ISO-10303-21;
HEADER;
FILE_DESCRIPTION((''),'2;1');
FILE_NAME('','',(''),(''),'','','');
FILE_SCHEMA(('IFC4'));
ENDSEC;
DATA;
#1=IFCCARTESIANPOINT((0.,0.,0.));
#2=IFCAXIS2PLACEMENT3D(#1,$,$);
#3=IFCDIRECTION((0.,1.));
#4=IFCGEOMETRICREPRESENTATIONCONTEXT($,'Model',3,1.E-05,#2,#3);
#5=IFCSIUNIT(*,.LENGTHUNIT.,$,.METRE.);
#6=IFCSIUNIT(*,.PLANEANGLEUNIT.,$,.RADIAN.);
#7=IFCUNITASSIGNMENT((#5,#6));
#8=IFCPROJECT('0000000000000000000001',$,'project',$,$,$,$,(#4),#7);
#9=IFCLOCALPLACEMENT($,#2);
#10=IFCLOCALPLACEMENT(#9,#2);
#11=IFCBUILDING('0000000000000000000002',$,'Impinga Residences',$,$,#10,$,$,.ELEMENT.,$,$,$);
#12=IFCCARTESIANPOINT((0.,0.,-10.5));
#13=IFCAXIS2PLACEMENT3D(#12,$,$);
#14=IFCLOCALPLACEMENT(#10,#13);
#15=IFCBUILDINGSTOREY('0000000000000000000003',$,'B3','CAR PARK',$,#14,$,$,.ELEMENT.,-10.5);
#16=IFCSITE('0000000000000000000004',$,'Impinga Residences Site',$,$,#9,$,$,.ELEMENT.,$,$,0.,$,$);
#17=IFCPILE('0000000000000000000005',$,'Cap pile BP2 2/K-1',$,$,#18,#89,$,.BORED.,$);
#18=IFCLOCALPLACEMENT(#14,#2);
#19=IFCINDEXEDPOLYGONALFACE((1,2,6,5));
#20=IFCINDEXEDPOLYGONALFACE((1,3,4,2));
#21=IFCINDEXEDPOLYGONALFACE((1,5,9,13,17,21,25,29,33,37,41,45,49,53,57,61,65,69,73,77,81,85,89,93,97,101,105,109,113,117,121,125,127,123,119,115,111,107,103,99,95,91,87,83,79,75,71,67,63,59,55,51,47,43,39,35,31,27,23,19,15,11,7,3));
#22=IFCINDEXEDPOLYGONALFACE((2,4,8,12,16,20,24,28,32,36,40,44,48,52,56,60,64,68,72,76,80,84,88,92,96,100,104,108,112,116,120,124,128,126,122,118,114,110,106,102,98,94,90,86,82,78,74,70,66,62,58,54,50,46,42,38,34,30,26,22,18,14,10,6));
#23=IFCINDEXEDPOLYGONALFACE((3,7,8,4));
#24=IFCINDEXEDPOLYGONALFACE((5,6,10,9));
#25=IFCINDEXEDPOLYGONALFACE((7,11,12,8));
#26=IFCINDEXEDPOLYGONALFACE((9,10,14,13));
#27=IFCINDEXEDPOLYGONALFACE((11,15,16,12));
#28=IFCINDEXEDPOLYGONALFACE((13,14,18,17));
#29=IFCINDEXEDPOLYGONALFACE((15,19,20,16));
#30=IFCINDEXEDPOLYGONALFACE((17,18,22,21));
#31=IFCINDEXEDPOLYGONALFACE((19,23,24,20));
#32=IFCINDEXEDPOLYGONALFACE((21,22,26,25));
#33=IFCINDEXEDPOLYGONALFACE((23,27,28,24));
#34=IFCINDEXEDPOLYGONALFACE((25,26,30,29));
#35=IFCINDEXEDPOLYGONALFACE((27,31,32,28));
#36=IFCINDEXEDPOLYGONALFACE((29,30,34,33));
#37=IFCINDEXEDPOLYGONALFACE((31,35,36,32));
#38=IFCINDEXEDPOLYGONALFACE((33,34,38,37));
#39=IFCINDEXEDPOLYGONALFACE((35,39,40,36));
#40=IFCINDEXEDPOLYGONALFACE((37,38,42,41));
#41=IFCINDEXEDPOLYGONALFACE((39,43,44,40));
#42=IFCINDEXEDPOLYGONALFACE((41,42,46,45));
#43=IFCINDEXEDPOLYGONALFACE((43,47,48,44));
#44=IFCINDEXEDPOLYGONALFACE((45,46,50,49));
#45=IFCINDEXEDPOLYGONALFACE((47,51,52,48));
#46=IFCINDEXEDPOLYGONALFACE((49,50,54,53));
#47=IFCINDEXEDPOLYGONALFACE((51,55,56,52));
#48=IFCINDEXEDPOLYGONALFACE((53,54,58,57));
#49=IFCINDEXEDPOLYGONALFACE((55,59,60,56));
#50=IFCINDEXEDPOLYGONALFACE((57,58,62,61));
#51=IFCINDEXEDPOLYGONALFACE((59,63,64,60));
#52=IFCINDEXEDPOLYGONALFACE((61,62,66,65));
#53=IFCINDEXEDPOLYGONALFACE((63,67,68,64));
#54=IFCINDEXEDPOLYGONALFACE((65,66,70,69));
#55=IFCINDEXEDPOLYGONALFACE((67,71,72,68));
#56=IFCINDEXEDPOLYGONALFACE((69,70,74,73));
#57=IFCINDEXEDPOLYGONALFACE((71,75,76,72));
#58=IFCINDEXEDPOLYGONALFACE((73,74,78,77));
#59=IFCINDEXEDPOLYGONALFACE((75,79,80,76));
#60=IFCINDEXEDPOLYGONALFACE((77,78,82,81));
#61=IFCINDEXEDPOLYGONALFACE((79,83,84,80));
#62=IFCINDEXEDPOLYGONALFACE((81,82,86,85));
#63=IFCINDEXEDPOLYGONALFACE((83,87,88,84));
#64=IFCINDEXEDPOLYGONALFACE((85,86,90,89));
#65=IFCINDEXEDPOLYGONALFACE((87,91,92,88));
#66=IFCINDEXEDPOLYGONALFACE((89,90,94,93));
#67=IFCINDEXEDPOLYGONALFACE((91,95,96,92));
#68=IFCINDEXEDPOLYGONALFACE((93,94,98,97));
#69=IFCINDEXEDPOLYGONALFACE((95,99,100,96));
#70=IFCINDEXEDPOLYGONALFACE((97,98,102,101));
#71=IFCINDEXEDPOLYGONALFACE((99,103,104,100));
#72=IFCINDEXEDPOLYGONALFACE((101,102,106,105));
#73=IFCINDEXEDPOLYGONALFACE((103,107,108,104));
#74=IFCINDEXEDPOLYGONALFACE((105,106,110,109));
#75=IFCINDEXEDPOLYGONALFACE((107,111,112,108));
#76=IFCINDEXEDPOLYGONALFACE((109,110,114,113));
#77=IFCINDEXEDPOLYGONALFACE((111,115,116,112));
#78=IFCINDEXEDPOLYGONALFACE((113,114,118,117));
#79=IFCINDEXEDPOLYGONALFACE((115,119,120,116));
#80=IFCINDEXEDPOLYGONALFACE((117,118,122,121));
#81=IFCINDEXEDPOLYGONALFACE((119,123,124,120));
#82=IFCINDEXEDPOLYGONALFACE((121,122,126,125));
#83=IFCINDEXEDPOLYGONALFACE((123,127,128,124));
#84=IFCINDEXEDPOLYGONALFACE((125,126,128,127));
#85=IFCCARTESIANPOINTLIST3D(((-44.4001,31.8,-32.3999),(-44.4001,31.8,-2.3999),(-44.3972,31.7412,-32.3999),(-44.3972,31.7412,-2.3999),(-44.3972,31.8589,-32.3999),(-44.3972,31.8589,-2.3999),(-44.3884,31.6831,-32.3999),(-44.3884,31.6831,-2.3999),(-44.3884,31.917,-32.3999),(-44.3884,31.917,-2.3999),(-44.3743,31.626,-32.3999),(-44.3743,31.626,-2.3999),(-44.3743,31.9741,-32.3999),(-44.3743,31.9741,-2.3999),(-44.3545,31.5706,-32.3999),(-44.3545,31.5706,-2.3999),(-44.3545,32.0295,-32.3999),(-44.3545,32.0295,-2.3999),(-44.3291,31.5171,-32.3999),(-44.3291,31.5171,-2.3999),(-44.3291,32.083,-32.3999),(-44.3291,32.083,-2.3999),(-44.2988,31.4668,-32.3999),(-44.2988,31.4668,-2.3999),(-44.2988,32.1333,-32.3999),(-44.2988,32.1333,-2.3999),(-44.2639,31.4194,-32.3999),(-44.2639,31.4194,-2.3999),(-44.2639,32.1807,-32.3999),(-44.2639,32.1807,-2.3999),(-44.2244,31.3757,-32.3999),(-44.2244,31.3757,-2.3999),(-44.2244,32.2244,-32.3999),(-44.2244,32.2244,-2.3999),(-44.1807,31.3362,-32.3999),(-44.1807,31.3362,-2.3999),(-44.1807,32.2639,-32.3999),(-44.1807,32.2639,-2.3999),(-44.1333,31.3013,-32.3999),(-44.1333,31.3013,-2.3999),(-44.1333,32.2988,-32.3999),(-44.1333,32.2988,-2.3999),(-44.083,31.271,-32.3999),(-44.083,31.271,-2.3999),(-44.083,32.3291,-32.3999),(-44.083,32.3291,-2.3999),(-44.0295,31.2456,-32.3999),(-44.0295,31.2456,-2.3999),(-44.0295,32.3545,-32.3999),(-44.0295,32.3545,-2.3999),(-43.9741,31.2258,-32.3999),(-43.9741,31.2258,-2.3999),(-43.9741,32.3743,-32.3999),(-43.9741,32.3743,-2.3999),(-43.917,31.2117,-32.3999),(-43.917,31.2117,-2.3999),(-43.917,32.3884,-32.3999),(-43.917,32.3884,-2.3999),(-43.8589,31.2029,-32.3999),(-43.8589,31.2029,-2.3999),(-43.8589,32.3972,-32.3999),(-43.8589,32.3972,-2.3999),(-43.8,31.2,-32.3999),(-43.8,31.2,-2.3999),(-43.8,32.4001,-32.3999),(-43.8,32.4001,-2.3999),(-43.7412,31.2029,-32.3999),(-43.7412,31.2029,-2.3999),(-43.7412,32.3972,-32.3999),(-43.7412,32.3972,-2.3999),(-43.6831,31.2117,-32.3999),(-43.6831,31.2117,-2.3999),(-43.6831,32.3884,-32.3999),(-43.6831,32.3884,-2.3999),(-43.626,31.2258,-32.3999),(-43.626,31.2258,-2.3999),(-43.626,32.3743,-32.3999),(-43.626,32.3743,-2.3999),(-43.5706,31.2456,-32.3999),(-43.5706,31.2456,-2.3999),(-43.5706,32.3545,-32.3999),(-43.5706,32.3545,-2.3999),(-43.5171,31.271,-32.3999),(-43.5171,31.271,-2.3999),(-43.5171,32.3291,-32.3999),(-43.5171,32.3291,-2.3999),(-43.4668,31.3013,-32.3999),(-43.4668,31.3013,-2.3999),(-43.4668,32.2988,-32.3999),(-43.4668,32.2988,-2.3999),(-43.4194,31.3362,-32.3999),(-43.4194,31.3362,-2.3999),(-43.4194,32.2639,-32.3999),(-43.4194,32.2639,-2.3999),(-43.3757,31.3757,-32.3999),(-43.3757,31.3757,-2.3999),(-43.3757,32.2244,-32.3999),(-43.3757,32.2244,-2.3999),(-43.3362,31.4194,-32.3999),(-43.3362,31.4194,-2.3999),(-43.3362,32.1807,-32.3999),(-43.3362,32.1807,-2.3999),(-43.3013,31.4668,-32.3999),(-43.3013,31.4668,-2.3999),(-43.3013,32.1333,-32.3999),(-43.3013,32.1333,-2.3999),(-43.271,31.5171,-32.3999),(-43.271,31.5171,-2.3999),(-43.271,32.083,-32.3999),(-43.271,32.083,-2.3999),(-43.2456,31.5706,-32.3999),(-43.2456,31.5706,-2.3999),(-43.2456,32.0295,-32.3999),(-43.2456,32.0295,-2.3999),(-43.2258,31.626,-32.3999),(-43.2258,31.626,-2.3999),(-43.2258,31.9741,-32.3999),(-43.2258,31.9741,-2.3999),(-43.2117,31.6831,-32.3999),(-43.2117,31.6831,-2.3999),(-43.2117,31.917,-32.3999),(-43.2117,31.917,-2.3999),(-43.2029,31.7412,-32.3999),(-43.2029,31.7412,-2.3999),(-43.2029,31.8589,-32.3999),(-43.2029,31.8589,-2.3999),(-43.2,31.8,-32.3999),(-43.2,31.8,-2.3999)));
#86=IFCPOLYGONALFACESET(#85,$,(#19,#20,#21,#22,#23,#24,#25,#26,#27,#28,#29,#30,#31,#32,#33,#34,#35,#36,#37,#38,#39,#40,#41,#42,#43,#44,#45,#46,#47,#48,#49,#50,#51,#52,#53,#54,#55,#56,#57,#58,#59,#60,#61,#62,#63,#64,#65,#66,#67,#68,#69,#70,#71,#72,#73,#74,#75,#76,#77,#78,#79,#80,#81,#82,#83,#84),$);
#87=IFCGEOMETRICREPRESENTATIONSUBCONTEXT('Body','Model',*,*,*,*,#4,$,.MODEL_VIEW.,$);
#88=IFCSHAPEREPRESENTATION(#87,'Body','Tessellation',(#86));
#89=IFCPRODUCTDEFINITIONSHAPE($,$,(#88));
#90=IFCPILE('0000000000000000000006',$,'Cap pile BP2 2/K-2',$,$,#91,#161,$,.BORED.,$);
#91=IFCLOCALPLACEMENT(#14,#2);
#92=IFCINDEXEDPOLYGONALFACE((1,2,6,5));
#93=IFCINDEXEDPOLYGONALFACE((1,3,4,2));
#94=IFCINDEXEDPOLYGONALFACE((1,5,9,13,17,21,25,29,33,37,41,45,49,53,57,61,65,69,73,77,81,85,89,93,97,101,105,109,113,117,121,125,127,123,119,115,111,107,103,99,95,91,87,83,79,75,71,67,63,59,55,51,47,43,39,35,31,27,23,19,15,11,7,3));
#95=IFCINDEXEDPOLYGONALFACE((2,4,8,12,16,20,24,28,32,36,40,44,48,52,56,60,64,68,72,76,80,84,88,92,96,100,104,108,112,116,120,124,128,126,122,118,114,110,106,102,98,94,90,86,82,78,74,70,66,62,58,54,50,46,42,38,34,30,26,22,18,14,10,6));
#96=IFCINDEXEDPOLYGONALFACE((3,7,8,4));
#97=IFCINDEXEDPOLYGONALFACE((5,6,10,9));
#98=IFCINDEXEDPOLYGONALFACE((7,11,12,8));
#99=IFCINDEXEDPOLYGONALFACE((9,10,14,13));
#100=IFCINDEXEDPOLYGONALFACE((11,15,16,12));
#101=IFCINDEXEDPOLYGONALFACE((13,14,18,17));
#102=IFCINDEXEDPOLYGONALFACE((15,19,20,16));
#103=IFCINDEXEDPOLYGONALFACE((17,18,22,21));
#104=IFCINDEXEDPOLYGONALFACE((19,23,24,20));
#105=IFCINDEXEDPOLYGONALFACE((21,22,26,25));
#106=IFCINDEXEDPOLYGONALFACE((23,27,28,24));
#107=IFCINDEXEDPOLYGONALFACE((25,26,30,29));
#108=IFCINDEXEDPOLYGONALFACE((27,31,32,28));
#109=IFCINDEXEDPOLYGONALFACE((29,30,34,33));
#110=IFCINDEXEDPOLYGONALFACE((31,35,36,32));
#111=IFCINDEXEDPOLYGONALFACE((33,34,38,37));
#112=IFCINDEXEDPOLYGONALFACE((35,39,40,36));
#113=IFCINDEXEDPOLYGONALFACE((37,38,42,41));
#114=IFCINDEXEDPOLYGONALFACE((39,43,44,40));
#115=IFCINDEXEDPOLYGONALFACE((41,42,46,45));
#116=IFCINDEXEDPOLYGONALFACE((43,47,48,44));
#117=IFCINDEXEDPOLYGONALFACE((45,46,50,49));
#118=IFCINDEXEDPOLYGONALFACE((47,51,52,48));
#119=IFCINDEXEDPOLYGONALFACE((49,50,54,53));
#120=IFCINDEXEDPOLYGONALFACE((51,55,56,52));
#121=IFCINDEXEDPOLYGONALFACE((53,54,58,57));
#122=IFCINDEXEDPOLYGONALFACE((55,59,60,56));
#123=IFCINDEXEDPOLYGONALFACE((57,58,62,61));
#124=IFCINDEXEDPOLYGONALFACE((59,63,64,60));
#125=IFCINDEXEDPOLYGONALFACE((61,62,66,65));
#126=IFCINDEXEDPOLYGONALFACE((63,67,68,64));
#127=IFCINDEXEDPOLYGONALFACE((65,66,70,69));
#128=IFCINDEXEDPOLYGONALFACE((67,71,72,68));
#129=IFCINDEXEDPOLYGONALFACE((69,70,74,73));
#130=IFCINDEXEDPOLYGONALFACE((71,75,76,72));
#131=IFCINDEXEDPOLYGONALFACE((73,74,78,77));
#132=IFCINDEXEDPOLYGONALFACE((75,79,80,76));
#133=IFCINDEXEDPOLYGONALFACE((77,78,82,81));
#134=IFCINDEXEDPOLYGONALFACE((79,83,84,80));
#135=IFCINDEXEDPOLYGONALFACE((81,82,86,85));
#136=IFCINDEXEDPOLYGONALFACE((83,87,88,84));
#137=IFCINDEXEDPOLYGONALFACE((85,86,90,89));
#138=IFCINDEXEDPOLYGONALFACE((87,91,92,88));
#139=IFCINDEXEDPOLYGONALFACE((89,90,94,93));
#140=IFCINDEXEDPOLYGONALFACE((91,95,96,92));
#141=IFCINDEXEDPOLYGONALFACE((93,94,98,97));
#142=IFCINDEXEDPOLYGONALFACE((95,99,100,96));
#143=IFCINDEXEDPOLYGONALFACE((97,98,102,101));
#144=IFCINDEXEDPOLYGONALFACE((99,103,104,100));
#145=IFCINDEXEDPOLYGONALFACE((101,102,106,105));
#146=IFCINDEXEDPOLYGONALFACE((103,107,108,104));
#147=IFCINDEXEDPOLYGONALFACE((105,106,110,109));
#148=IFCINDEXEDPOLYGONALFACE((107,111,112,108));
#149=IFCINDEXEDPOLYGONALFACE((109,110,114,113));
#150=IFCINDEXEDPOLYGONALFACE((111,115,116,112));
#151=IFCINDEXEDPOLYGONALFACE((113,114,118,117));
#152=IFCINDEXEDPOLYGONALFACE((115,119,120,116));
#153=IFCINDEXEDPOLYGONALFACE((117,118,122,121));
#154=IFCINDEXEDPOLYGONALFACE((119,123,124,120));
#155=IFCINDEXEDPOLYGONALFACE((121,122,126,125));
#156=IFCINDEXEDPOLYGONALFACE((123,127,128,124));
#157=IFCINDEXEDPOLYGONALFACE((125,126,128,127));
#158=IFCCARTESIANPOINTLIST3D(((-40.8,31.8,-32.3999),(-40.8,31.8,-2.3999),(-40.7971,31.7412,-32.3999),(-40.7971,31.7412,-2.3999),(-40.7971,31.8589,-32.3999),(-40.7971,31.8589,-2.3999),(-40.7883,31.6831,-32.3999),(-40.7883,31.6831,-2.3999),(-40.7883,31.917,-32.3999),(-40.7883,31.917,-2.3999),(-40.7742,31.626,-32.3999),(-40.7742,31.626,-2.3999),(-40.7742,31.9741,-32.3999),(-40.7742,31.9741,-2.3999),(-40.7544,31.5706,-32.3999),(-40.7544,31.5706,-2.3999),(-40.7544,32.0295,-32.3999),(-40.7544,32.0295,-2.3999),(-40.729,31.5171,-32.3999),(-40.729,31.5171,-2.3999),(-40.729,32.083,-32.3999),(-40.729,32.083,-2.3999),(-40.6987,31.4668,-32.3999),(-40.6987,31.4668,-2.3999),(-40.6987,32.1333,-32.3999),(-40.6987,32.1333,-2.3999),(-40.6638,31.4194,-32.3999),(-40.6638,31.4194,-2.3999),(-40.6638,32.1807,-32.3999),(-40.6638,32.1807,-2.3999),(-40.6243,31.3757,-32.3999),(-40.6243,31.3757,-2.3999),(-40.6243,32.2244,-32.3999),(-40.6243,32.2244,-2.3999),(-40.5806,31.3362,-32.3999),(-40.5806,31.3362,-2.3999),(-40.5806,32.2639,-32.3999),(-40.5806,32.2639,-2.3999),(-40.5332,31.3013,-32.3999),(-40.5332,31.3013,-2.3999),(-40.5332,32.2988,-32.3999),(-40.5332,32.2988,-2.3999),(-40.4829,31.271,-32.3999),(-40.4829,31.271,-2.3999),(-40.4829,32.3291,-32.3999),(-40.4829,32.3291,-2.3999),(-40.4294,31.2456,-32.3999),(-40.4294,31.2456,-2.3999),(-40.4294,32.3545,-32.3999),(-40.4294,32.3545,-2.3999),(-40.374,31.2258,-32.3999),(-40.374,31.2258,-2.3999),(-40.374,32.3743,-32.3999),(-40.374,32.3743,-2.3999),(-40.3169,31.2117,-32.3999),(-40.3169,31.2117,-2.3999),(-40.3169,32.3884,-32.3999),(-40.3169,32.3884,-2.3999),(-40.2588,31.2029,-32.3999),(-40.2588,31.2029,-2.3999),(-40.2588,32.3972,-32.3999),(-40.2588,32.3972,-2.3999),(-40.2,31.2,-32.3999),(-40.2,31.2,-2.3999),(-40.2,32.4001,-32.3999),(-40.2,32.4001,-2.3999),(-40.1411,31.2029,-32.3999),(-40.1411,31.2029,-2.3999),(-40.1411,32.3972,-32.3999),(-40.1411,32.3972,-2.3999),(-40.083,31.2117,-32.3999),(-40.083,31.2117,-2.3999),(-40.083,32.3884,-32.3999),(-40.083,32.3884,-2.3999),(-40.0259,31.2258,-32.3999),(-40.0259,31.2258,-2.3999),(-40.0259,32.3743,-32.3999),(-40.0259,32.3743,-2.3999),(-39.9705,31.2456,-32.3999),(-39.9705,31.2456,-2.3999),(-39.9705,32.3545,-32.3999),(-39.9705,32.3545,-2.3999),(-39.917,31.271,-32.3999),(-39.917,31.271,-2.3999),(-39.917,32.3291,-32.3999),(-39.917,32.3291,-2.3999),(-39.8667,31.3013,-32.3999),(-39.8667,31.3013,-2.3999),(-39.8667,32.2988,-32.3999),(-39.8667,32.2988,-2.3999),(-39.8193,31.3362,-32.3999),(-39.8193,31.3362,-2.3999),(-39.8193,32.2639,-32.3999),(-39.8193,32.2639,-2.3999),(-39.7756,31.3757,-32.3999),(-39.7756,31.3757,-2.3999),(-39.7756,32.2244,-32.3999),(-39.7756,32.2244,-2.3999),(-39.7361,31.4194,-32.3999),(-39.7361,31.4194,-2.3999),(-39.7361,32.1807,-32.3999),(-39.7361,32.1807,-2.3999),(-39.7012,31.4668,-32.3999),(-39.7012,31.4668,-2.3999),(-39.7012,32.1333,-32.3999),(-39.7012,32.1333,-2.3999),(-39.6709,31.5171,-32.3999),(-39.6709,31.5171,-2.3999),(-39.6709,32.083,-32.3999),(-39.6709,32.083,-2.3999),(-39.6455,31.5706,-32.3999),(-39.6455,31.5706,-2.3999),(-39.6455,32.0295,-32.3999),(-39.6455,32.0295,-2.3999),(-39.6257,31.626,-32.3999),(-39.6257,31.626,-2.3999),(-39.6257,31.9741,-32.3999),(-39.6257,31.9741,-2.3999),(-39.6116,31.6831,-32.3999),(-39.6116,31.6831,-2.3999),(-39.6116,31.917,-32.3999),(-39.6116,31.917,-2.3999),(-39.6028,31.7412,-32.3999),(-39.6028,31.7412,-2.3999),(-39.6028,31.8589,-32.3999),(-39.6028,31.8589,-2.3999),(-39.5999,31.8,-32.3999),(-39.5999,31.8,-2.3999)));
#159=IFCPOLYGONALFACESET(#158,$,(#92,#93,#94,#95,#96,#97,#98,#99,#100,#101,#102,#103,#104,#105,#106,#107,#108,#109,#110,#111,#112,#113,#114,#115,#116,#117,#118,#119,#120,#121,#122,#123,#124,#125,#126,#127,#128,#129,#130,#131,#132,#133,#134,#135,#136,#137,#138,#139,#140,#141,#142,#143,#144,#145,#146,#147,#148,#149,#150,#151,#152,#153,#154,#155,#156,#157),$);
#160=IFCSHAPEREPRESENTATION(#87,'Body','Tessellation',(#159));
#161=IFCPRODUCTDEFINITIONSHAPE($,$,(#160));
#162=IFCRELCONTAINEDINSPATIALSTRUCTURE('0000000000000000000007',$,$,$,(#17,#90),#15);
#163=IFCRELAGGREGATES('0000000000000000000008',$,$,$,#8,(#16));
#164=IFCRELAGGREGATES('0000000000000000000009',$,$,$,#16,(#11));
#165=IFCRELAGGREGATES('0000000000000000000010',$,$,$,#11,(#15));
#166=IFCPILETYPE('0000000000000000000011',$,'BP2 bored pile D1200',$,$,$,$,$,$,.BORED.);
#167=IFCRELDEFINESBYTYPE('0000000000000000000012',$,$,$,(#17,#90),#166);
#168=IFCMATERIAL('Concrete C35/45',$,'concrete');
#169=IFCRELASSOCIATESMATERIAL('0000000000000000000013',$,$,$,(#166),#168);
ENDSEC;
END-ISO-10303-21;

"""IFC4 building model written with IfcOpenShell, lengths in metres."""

from ifc_helpers import new_model, si_unit, direction, frame, origin, origin_2d, place, context, subcontext, project, spatial, polyline, circle, outline, extrude, material, material_profile, profile_set, type_object, element, save


model = new_model("IFC4")

# Units and contexts
model_context = context("Model", 3, precision=1e-05, world=origin(), true_north=direction((0.0, 1.0)))
body_context = subcontext(model_context, "Body", "Model", "MODEL_VIEW")
ifc_project = project(units=[si_unit("LENGTHUNIT", "METRE"), si_unit("PLANEANGLEUNIT", "RADIAN")], contexts=[model_context])

# Site, building, storey
site_placement = place(None, origin())
site = spatial("IfcSite", under=ifc_project, at=site_placement, Name="Impinga Residences Site", CompositionType="ELEMENT", RefElevation=0.0)
building_placement = place(site_placement, origin())
building = spatial("IfcBuilding", under=site, at=building_placement, Name="Impinga Residences", CompositionType="ELEMENT")
storey_placement = place(building_placement, frame((0.0, 0.0, -10.5)))
storey = spatial("IfcBuildingStorey", under=building, at=storey_placement, Name="B3", Description="CAR PARK", CompositionType="ELEMENT", Elevation=-10.5)

# Piles
ifc_material_1 = material(Name="Concrete C35/45", Category="concrete")
ifc_material_profile_1 = material_profile(ifc_material_1, circle(Radius=0.6001, at=origin_2d()), Name="D1200")
ifc_profile_set_1 = profile_set([ifc_material_profile_1], Name="Concrete C35/45")
pile_type = type_object("IfcPileType", Name="BP2 bored pile D1200", PredefinedType="BORED", material=ifc_profile_set_1)
pile_1_placement = place(storey_placement, frame((-43.8, 31.8, -2.3999), z_axis=(0.0, 0.0, -1.0), x_axis=(1.0, 0.0, 0.0)))
element("IfcPile", 1, at=pile_1_placement, inside=storey, type_object=pile_type, Name="Cap pile BP2 2/K-1", PredefinedType="BORED", context=body_context, shape_type="SweptSolid", body=[
    extrude(outline(polyline([(0.6001, 0.0), (0.5972, 0.0588), (0.5884, 0.1169), (0.5742, 0.1741), (0.5544, 0.2295), (0.5291, 0.283), (0.4988, 0.3333), (0.4639, 0.3806), (0.4243, 0.4243), (0.3806, 0.4639), (0.3333, 0.4988), (0.283, 0.5291), (0.2295, 0.5544), (0.1741, 0.5742), (0.1169, 0.5884), (0.0588, 0.5972), (0.0, 0.6001), (-0.0588, 0.5972), (-0.1169, 0.5884), (-0.1741, 0.5742), (-0.2295, 0.5544), (-0.283, 0.5291), (-0.3333, 0.4988), (-0.3806, 0.4639), (-0.4243, 0.4243), (-0.4639, 0.3806), (-0.4988, 0.3333), (-0.5291, 0.283), (-0.5544, 0.2295), (-0.5742, 0.1741), (-0.5884, 0.1169), (-0.5972, 0.0588), (-0.6001, 0.0), (-0.5972, -0.0588), (-0.5884, -0.1169), (-0.5742, -0.1741), (-0.5544, -0.2295), (-0.5291, -0.283), (-0.4988, -0.3333), (-0.4639, -0.3806), (-0.4243, -0.4243), (-0.3806, -0.4639), (-0.3333, -0.4988), (-0.283, -0.5291), (-0.2295, -0.5544), (-0.1741, -0.5742), (-0.1169, -0.5884), (-0.0588, -0.5972), (0.0, -0.6001), (0.0588, -0.5972), (0.1169, -0.5884), (0.1741, -0.5742), (0.2295, -0.5544), (0.283, -0.5291), (0.3333, -0.4988), (0.3806, -0.4639), (0.4243, -0.4243), (0.4639, -0.3806), (0.4988, -0.3333), (0.5291, -0.283), (0.5544, -0.2295), (0.5742, -0.1741), (0.5884, -0.1169), (0.5972, -0.0588), (0.6001, 0.0)])), origin(), (0.0, 0.0, 1.0), 30.0),
])
pile_2_placement = place(storey_placement, frame((-40.2, 31.8, -2.3999), z_axis=(0.0, 0.0, -1.0), x_axis=(1.0, 0.0, 0.0)))
element("IfcPile", 2, at=pile_2_placement, inside=storey, type_object=pile_type, Name="Cap pile BP2 2/K-2", PredefinedType="BORED", context=body_context, shape_type="SweptSolid", body=[
    extrude(outline(polyline([(0.6001, 0.0), (0.5972, 0.0588), (0.5884, 0.1169), (0.5742, 0.1741), (0.5544, 0.2295), (0.5291, 0.283), (0.4988, 0.3333), (0.4639, 0.3806), (0.4243, 0.4243), (0.3806, 0.4639), (0.3333, 0.4988), (0.283, 0.5291), (0.2295, 0.5544), (0.1741, 0.5742), (0.1169, 0.5884), (0.0588, 0.5972), (0.0, 0.6001), (-0.0588, 0.5972), (-0.1169, 0.5884), (-0.1741, 0.5742), (-0.2295, 0.5544), (-0.283, 0.5291), (-0.3333, 0.4988), (-0.3806, 0.4639), (-0.4243, 0.4243), (-0.4639, 0.3806), (-0.4988, 0.3333), (-0.5291, 0.283), (-0.5544, 0.2295), (-0.5742, 0.1741), (-0.5884, 0.1169), (-0.5972, 0.0588), (-0.6001, 0.0), (-0.5972, -0.0588), (-0.5884, -0.1169), (-0.5742, -0.1741), (-0.5544, -0.2295), (-0.5291, -0.283), (-0.4988, -0.3333), (-0.4639, -0.3806), (-0.4243, -0.4243), (-0.3806, -0.4639), (-0.3333, -0.4988), (-0.283, -0.5291), (-0.2295, -0.5544), (-0.1741, -0.5742), (-0.1169, -0.5884), (-0.0588, -0.5972), (0.0, -0.6001), (0.0588, -0.5972), (0.1169, -0.5884), (0.1741, -0.5742), (0.2295, -0.5544), (0.283, -0.5291), (0.3333, -0.4988), (0.3806, -0.4639), (0.4243, -0.4243), (0.4639, -0.3806), (0.4988, -0.3333), (0.5291, -0.283), (0.5544, -0.2295), (0.5742, -0.1741), (0.5884, -0.1169), (0.5972, -0.0588), (0.6001, 0.0)])), origin(), (0.0, 0.0, 1.0), 30.0),
])

save(model, "model.ifc")
